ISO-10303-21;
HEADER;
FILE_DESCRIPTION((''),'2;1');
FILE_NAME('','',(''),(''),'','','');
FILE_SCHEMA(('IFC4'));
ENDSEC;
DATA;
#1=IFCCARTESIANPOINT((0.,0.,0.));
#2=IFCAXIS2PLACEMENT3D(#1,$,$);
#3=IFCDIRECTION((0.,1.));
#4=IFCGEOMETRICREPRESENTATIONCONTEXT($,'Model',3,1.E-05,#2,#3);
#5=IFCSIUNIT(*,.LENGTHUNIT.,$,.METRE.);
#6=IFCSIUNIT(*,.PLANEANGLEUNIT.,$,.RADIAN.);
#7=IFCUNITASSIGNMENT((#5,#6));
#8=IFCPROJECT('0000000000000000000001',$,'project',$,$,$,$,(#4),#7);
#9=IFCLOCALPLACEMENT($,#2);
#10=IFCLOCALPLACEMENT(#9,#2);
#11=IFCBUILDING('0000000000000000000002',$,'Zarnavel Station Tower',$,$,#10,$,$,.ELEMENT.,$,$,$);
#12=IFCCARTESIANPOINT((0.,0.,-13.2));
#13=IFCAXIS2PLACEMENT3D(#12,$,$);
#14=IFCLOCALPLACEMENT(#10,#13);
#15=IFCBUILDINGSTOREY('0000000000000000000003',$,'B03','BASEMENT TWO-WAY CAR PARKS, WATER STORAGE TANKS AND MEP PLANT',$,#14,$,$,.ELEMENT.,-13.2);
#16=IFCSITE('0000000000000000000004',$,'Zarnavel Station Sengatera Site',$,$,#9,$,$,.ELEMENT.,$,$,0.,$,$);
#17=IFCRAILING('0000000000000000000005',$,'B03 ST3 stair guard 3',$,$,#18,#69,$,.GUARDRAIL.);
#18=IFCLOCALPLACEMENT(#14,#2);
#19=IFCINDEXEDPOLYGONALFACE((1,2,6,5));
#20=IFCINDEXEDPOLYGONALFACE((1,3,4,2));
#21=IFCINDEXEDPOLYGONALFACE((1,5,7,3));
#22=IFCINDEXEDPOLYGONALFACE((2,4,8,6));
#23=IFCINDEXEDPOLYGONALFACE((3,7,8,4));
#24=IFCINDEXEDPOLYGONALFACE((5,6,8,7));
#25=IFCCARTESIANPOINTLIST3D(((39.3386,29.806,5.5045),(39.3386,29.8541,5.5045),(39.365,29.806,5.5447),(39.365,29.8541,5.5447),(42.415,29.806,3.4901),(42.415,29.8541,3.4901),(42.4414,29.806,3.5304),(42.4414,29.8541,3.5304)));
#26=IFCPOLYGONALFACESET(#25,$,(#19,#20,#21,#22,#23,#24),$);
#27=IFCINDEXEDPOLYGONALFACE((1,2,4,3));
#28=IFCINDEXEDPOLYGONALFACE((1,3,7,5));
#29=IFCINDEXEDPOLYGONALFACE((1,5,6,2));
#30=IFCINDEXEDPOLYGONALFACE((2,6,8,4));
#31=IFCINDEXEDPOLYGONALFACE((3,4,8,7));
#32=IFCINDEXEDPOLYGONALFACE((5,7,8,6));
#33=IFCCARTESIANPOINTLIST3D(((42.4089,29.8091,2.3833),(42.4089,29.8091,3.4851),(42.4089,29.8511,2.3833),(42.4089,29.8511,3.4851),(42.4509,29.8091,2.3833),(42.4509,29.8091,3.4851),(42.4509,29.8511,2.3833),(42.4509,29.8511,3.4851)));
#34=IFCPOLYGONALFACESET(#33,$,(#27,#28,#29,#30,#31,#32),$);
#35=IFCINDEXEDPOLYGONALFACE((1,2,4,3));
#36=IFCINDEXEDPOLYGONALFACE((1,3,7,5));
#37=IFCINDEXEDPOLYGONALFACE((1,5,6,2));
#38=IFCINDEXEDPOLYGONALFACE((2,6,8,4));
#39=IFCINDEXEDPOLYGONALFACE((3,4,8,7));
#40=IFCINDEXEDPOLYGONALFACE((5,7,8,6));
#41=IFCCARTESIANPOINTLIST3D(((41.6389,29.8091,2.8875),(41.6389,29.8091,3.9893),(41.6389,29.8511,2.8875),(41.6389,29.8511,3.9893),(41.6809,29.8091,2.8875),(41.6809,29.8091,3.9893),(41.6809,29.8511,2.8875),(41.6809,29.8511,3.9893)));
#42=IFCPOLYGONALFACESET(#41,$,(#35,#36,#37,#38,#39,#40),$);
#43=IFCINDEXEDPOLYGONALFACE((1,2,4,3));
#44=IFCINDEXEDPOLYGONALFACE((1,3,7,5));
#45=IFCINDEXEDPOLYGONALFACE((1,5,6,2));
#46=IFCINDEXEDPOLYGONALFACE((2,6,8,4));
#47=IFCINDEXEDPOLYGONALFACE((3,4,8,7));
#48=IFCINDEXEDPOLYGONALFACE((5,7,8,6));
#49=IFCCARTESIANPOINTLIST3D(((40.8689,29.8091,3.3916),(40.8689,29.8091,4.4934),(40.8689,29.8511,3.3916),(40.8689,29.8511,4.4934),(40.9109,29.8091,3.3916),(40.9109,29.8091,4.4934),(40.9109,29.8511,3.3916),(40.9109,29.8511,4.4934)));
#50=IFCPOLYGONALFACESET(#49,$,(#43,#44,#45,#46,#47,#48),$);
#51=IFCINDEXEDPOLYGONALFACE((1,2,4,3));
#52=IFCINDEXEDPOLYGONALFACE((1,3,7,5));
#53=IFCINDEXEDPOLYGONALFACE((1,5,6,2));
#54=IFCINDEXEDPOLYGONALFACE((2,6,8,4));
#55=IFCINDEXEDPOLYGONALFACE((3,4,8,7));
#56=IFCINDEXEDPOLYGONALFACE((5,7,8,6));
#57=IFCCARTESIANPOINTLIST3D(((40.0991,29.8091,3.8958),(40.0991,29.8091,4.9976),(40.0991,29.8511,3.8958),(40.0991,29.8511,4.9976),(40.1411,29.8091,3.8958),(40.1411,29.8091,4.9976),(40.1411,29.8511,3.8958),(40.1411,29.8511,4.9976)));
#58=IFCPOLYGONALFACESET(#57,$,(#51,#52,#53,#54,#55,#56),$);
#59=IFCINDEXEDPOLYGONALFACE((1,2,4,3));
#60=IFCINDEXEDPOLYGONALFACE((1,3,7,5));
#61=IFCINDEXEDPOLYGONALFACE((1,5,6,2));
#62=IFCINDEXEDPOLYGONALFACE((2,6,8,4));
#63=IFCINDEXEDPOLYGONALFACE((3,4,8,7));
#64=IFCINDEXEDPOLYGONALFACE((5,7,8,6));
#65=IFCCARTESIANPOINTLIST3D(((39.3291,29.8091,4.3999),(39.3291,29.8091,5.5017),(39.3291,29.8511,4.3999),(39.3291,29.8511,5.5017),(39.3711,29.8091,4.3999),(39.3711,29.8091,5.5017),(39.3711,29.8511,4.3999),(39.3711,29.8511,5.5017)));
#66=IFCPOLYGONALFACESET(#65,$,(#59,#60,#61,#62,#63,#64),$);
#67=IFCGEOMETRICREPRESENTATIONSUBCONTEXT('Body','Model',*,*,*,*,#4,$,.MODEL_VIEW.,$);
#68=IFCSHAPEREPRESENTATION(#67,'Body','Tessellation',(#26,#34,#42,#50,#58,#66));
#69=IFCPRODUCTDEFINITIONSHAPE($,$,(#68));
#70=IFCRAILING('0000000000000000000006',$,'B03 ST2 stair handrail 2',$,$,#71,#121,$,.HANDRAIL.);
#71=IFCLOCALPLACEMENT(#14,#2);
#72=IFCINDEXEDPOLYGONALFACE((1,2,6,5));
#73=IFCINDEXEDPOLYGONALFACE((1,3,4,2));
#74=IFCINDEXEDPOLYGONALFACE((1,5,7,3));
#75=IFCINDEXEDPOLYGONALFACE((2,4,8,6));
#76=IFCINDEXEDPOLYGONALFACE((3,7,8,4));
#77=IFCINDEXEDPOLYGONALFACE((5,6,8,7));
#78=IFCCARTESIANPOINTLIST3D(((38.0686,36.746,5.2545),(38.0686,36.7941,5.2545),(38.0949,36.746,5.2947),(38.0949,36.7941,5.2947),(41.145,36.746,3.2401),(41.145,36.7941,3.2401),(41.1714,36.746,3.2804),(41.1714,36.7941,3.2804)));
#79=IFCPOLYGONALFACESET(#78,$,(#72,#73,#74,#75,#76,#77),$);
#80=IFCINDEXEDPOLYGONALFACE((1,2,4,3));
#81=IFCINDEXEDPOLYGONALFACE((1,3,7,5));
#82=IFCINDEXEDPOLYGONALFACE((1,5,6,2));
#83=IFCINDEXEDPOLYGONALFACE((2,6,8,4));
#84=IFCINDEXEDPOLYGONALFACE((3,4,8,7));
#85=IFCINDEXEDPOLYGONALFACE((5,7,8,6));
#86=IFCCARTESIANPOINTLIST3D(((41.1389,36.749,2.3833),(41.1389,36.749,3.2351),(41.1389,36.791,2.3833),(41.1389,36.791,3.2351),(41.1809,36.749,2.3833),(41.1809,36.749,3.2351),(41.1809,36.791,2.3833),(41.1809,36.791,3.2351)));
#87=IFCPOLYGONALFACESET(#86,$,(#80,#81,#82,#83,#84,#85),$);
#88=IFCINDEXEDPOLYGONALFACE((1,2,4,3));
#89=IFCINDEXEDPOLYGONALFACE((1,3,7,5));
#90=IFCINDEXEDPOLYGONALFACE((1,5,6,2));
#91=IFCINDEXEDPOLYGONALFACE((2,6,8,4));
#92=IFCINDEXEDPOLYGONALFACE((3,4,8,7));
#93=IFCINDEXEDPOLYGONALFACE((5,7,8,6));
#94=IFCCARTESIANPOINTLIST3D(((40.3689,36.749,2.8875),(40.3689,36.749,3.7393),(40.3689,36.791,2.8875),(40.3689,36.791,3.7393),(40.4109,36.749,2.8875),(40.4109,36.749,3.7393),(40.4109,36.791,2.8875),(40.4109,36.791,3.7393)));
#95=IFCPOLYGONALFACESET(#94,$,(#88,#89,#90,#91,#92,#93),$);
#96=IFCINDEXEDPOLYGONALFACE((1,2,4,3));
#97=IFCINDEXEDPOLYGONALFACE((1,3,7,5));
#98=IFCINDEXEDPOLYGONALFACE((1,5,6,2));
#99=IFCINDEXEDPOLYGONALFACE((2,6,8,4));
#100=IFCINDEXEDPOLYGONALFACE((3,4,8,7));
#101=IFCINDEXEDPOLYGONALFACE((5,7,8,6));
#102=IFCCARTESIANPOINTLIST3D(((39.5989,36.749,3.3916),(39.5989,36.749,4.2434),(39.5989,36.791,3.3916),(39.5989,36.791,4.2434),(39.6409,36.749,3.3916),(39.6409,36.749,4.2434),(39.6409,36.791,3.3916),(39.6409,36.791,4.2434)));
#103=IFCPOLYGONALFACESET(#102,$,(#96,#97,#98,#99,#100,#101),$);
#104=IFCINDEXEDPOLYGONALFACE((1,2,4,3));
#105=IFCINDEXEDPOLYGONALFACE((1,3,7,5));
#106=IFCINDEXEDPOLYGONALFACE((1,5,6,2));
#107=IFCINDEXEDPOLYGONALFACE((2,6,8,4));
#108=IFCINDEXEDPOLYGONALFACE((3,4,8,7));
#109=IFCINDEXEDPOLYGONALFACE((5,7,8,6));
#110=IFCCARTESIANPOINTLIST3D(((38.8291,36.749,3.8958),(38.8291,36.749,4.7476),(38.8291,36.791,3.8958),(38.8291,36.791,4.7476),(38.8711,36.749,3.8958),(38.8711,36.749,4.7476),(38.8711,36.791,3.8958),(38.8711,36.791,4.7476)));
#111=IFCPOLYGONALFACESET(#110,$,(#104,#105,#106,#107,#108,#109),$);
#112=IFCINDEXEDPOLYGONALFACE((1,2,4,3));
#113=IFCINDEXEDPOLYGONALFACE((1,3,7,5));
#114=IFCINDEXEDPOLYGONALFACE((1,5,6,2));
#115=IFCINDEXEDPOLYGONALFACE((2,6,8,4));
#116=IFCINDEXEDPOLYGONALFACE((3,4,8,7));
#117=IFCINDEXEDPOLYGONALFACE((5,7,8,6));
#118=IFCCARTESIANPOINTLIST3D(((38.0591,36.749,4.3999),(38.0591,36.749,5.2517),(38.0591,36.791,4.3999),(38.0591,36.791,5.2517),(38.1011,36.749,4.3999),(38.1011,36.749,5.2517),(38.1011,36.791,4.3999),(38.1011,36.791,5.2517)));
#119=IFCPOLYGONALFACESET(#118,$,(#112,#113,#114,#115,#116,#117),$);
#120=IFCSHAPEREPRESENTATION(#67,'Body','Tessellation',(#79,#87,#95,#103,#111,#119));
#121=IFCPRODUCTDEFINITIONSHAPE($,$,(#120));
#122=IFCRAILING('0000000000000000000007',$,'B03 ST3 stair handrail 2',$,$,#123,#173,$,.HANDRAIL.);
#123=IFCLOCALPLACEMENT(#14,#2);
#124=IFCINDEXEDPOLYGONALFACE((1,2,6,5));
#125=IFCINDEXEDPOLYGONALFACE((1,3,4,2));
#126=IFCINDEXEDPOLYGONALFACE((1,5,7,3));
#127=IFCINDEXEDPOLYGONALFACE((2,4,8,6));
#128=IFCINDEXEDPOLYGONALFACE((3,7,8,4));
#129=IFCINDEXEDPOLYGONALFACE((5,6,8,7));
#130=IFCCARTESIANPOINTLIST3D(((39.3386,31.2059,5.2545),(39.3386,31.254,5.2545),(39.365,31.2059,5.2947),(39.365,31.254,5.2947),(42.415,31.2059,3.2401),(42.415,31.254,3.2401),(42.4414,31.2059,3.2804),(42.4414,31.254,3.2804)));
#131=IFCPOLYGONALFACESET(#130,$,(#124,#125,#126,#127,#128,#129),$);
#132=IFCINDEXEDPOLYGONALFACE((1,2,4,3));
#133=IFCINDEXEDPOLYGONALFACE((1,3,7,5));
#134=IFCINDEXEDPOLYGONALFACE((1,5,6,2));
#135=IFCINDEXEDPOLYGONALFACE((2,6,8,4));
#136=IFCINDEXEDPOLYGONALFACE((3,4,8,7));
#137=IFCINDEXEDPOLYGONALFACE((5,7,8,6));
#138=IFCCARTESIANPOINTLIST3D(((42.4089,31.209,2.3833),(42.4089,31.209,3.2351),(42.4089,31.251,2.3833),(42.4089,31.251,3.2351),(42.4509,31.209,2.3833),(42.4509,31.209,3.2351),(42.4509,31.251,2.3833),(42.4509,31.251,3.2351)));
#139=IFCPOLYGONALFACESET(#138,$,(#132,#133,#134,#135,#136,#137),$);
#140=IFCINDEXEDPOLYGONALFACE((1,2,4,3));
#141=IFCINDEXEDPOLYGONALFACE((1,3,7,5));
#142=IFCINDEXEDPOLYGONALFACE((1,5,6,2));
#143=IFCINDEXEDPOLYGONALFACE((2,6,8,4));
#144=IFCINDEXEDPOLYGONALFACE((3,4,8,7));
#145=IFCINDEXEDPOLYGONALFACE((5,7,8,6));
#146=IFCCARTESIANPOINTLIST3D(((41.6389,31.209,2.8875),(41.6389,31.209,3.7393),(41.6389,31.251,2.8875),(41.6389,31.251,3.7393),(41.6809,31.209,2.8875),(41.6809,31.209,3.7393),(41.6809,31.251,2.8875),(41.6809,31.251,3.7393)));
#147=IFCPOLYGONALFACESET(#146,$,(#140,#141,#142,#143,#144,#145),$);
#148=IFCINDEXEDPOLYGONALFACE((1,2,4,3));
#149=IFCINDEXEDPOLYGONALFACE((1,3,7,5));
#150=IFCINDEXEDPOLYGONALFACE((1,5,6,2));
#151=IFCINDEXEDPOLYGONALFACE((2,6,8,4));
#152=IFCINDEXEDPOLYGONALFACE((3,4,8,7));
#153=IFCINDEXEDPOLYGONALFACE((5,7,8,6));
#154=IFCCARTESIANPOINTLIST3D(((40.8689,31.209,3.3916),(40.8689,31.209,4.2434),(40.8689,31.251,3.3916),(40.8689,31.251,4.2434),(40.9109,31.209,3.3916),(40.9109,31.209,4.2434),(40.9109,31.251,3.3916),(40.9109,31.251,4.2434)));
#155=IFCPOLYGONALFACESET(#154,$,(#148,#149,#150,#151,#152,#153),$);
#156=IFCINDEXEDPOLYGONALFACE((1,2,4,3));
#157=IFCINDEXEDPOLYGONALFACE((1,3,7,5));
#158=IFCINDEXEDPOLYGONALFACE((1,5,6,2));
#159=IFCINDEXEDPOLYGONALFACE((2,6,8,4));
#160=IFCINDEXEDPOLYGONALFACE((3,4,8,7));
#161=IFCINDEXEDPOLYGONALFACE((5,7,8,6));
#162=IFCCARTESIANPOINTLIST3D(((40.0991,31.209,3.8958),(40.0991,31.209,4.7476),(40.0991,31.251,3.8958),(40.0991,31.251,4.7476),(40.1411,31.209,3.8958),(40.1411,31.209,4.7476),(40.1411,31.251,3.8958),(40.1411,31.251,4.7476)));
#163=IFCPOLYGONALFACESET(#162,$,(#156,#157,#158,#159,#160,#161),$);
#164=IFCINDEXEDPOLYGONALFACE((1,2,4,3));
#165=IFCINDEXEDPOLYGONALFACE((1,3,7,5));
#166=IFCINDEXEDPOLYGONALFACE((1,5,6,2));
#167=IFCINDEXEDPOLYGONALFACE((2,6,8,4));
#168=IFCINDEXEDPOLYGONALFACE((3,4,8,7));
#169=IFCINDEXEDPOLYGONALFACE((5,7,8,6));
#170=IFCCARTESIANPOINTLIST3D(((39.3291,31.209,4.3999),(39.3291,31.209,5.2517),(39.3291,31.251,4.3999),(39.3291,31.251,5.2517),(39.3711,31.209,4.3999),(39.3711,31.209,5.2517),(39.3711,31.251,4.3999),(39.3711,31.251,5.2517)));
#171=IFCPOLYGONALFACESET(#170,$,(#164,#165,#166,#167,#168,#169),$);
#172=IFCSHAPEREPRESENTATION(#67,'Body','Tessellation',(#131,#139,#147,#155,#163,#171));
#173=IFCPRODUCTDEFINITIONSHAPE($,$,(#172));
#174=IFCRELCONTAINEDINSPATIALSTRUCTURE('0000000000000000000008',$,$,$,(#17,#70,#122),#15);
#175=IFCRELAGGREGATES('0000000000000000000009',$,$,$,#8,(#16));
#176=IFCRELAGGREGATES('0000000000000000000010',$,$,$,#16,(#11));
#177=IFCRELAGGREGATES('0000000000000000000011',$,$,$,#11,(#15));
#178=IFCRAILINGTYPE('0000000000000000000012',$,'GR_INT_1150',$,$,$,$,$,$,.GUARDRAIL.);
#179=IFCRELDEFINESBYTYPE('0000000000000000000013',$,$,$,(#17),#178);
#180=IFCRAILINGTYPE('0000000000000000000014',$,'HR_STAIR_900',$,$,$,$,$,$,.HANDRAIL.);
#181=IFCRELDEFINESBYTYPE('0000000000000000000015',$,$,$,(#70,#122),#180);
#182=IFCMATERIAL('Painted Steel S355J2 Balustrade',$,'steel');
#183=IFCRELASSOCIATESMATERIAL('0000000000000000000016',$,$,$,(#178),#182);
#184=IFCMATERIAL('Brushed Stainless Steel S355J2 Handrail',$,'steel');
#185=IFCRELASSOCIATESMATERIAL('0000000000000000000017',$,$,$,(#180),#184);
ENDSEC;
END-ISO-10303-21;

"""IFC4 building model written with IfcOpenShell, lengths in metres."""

from ifc_helpers import new_model, si_unit, direction, frame, origin, origin_2d, place, context, subcontext, project, spatial, rectangle, extrude, material, type_object, element, save


model = new_model("IFC4")

# Units and contexts
model_context = context("Model", 3, precision=1e-05, world=origin(), true_north=direction((0.0, 1.0)))
body_context = subcontext(model_context, "Body", "Model", "MODEL_VIEW")
ifc_project = project(units=[si_unit("LENGTHUNIT", "METRE"), si_unit("PLANEANGLEUNIT", "RADIAN")], contexts=[model_context])

# Site, building, storey
site_placement = place(None, origin())
site = spatial("IfcSite", under=ifc_project, at=site_placement, Name="Zarnavel Station Sengatera Site", CompositionType="ELEMENT", RefElevation=0.0)
building_placement = place(site_placement, origin())
building = spatial("IfcBuilding", under=site, at=building_placement, Name="Zarnavel Station Tower", CompositionType="ELEMENT")
storey_placement = place(building_placement, frame((0.0, 0.0, -13.2)))
storey = spatial("IfcBuildingStorey", under=building, at=storey_placement, Name="B03", Description="BASEMENT TWO-WAY CAR PARKS, WATER STORAGE TANKS AND MEP PLANT", CompositionType="ELEMENT", Elevation=-13.2)

# Railings
ifc_material_1 = material(Name="Painted Steel S355J2 Balustrade", Category="steel")
railing_type_1 = type_object("IfcRailingType", Name="GR_INT_1150", PredefinedType="GUARDRAIL", material=ifc_material_1)
railing_1_placement = place(storey_placement, frame((42.4299, 29.8301, 2.3833)))
element("IfcRailing", 1, at=railing_1_placement, inside=storey, type_object=railing_type_1, Name="B03 ST3 stair guard 3", PredefinedType="GUARDRAIL", context=body_context, shape_type="SweptSolid", body=[
    extrude(rectangle(XDim=0.0481, YDim=0.0481, at=origin_2d()), frame((-0.0017, 0.0, 1.127), z_axis=(-0.836613, 0.0, 0.547794), x_axis=(0.0, -1.0, 0.0)), (0.0, 0.0, 1.0), 3.6772),
    extrude(rectangle(XDim=0.042, YDim=0.042, at=origin_2d()), origin(), (0.0, 0.0, 1.0), 1.1018),
    extrude(rectangle(XDim=0.042, YDim=0.042, at=origin_2d()), frame((-0.77, 0.0, 0.5042)), (0.0, 0.0, 1.0), 1.1018),
    extrude(rectangle(XDim=0.042, YDim=0.042, at=origin_2d()), frame((-1.54, 0.0, 1.0083)), (0.0, 0.0, 1.0), 1.1018),
    extrude(rectangle(XDim=0.042, YDim=0.042, at=origin_2d()), frame((-2.3098, 0.0, 1.5125)), (0.0, 0.0, 1.0), 1.1018),
    extrude(rectangle(XDim=0.042, YDim=0.042, at=origin_2d()), frame((-3.0798, 0.0, 2.0166)), (0.0, 0.0, 1.0), 1.1018),
])
ifc_material_2 = material(Name="Brushed Stainless Steel S355J2 Handrail", Category="steel")
railing_type_2 = type_object("IfcRailingType", Name="HR_STAIR_900", PredefinedType="HANDRAIL", material=ifc_material_2)
for number, where, name in (
    (2, (41.1599, 36.77, 2.3833), "B03 ST2 stair handrail 2"),
    (3, (42.4299, 31.23, 2.3833), "B03 ST3 stair handrail 2"),
):
    element("IfcRailing", number, at=place(storey_placement, frame(where)), inside=storey, type_object=railing_type_2, Name=name, PredefinedType="HANDRAIL", context=body_context, shape_type="SweptSolid", body=[
        extrude(rectangle(XDim=0.0481, YDim=0.0481, at=origin_2d()), frame((-0.0017, 0.0, 0.877), z_axis=(-0.836613, 0.0, 0.547794), x_axis=(0.0, -1.0, 0.0)), (0.0, 0.0, 1.0), 3.6772),
        extrude(rectangle(XDim=0.042, YDim=0.042, at=origin_2d()), origin(), (0.0, 0.0, 1.0), 0.8518),
        extrude(rectangle(XDim=0.042, YDim=0.042, at=origin_2d()), frame((-0.77, 0.0, 0.5042)), (0.0, 0.0, 1.0), 0.8518),
        extrude(rectangle(XDim=0.042, YDim=0.042, at=origin_2d()), frame((-1.54, 0.0, 1.0083)), (0.0, 0.0, 1.0), 0.8518),
        extrude(rectangle(XDim=0.042, YDim=0.042, at=origin_2d()), frame((-2.3098, 0.0, 1.5125)), (0.0, 0.0, 1.0), 0.8518),
        extrude(rectangle(XDim=0.042, YDim=0.042, at=origin_2d()), frame((-3.0798, 0.0, 2.0166)), (0.0, 0.0, 1.0), 0.8518),
    ])

save(model, "model.ifc")
